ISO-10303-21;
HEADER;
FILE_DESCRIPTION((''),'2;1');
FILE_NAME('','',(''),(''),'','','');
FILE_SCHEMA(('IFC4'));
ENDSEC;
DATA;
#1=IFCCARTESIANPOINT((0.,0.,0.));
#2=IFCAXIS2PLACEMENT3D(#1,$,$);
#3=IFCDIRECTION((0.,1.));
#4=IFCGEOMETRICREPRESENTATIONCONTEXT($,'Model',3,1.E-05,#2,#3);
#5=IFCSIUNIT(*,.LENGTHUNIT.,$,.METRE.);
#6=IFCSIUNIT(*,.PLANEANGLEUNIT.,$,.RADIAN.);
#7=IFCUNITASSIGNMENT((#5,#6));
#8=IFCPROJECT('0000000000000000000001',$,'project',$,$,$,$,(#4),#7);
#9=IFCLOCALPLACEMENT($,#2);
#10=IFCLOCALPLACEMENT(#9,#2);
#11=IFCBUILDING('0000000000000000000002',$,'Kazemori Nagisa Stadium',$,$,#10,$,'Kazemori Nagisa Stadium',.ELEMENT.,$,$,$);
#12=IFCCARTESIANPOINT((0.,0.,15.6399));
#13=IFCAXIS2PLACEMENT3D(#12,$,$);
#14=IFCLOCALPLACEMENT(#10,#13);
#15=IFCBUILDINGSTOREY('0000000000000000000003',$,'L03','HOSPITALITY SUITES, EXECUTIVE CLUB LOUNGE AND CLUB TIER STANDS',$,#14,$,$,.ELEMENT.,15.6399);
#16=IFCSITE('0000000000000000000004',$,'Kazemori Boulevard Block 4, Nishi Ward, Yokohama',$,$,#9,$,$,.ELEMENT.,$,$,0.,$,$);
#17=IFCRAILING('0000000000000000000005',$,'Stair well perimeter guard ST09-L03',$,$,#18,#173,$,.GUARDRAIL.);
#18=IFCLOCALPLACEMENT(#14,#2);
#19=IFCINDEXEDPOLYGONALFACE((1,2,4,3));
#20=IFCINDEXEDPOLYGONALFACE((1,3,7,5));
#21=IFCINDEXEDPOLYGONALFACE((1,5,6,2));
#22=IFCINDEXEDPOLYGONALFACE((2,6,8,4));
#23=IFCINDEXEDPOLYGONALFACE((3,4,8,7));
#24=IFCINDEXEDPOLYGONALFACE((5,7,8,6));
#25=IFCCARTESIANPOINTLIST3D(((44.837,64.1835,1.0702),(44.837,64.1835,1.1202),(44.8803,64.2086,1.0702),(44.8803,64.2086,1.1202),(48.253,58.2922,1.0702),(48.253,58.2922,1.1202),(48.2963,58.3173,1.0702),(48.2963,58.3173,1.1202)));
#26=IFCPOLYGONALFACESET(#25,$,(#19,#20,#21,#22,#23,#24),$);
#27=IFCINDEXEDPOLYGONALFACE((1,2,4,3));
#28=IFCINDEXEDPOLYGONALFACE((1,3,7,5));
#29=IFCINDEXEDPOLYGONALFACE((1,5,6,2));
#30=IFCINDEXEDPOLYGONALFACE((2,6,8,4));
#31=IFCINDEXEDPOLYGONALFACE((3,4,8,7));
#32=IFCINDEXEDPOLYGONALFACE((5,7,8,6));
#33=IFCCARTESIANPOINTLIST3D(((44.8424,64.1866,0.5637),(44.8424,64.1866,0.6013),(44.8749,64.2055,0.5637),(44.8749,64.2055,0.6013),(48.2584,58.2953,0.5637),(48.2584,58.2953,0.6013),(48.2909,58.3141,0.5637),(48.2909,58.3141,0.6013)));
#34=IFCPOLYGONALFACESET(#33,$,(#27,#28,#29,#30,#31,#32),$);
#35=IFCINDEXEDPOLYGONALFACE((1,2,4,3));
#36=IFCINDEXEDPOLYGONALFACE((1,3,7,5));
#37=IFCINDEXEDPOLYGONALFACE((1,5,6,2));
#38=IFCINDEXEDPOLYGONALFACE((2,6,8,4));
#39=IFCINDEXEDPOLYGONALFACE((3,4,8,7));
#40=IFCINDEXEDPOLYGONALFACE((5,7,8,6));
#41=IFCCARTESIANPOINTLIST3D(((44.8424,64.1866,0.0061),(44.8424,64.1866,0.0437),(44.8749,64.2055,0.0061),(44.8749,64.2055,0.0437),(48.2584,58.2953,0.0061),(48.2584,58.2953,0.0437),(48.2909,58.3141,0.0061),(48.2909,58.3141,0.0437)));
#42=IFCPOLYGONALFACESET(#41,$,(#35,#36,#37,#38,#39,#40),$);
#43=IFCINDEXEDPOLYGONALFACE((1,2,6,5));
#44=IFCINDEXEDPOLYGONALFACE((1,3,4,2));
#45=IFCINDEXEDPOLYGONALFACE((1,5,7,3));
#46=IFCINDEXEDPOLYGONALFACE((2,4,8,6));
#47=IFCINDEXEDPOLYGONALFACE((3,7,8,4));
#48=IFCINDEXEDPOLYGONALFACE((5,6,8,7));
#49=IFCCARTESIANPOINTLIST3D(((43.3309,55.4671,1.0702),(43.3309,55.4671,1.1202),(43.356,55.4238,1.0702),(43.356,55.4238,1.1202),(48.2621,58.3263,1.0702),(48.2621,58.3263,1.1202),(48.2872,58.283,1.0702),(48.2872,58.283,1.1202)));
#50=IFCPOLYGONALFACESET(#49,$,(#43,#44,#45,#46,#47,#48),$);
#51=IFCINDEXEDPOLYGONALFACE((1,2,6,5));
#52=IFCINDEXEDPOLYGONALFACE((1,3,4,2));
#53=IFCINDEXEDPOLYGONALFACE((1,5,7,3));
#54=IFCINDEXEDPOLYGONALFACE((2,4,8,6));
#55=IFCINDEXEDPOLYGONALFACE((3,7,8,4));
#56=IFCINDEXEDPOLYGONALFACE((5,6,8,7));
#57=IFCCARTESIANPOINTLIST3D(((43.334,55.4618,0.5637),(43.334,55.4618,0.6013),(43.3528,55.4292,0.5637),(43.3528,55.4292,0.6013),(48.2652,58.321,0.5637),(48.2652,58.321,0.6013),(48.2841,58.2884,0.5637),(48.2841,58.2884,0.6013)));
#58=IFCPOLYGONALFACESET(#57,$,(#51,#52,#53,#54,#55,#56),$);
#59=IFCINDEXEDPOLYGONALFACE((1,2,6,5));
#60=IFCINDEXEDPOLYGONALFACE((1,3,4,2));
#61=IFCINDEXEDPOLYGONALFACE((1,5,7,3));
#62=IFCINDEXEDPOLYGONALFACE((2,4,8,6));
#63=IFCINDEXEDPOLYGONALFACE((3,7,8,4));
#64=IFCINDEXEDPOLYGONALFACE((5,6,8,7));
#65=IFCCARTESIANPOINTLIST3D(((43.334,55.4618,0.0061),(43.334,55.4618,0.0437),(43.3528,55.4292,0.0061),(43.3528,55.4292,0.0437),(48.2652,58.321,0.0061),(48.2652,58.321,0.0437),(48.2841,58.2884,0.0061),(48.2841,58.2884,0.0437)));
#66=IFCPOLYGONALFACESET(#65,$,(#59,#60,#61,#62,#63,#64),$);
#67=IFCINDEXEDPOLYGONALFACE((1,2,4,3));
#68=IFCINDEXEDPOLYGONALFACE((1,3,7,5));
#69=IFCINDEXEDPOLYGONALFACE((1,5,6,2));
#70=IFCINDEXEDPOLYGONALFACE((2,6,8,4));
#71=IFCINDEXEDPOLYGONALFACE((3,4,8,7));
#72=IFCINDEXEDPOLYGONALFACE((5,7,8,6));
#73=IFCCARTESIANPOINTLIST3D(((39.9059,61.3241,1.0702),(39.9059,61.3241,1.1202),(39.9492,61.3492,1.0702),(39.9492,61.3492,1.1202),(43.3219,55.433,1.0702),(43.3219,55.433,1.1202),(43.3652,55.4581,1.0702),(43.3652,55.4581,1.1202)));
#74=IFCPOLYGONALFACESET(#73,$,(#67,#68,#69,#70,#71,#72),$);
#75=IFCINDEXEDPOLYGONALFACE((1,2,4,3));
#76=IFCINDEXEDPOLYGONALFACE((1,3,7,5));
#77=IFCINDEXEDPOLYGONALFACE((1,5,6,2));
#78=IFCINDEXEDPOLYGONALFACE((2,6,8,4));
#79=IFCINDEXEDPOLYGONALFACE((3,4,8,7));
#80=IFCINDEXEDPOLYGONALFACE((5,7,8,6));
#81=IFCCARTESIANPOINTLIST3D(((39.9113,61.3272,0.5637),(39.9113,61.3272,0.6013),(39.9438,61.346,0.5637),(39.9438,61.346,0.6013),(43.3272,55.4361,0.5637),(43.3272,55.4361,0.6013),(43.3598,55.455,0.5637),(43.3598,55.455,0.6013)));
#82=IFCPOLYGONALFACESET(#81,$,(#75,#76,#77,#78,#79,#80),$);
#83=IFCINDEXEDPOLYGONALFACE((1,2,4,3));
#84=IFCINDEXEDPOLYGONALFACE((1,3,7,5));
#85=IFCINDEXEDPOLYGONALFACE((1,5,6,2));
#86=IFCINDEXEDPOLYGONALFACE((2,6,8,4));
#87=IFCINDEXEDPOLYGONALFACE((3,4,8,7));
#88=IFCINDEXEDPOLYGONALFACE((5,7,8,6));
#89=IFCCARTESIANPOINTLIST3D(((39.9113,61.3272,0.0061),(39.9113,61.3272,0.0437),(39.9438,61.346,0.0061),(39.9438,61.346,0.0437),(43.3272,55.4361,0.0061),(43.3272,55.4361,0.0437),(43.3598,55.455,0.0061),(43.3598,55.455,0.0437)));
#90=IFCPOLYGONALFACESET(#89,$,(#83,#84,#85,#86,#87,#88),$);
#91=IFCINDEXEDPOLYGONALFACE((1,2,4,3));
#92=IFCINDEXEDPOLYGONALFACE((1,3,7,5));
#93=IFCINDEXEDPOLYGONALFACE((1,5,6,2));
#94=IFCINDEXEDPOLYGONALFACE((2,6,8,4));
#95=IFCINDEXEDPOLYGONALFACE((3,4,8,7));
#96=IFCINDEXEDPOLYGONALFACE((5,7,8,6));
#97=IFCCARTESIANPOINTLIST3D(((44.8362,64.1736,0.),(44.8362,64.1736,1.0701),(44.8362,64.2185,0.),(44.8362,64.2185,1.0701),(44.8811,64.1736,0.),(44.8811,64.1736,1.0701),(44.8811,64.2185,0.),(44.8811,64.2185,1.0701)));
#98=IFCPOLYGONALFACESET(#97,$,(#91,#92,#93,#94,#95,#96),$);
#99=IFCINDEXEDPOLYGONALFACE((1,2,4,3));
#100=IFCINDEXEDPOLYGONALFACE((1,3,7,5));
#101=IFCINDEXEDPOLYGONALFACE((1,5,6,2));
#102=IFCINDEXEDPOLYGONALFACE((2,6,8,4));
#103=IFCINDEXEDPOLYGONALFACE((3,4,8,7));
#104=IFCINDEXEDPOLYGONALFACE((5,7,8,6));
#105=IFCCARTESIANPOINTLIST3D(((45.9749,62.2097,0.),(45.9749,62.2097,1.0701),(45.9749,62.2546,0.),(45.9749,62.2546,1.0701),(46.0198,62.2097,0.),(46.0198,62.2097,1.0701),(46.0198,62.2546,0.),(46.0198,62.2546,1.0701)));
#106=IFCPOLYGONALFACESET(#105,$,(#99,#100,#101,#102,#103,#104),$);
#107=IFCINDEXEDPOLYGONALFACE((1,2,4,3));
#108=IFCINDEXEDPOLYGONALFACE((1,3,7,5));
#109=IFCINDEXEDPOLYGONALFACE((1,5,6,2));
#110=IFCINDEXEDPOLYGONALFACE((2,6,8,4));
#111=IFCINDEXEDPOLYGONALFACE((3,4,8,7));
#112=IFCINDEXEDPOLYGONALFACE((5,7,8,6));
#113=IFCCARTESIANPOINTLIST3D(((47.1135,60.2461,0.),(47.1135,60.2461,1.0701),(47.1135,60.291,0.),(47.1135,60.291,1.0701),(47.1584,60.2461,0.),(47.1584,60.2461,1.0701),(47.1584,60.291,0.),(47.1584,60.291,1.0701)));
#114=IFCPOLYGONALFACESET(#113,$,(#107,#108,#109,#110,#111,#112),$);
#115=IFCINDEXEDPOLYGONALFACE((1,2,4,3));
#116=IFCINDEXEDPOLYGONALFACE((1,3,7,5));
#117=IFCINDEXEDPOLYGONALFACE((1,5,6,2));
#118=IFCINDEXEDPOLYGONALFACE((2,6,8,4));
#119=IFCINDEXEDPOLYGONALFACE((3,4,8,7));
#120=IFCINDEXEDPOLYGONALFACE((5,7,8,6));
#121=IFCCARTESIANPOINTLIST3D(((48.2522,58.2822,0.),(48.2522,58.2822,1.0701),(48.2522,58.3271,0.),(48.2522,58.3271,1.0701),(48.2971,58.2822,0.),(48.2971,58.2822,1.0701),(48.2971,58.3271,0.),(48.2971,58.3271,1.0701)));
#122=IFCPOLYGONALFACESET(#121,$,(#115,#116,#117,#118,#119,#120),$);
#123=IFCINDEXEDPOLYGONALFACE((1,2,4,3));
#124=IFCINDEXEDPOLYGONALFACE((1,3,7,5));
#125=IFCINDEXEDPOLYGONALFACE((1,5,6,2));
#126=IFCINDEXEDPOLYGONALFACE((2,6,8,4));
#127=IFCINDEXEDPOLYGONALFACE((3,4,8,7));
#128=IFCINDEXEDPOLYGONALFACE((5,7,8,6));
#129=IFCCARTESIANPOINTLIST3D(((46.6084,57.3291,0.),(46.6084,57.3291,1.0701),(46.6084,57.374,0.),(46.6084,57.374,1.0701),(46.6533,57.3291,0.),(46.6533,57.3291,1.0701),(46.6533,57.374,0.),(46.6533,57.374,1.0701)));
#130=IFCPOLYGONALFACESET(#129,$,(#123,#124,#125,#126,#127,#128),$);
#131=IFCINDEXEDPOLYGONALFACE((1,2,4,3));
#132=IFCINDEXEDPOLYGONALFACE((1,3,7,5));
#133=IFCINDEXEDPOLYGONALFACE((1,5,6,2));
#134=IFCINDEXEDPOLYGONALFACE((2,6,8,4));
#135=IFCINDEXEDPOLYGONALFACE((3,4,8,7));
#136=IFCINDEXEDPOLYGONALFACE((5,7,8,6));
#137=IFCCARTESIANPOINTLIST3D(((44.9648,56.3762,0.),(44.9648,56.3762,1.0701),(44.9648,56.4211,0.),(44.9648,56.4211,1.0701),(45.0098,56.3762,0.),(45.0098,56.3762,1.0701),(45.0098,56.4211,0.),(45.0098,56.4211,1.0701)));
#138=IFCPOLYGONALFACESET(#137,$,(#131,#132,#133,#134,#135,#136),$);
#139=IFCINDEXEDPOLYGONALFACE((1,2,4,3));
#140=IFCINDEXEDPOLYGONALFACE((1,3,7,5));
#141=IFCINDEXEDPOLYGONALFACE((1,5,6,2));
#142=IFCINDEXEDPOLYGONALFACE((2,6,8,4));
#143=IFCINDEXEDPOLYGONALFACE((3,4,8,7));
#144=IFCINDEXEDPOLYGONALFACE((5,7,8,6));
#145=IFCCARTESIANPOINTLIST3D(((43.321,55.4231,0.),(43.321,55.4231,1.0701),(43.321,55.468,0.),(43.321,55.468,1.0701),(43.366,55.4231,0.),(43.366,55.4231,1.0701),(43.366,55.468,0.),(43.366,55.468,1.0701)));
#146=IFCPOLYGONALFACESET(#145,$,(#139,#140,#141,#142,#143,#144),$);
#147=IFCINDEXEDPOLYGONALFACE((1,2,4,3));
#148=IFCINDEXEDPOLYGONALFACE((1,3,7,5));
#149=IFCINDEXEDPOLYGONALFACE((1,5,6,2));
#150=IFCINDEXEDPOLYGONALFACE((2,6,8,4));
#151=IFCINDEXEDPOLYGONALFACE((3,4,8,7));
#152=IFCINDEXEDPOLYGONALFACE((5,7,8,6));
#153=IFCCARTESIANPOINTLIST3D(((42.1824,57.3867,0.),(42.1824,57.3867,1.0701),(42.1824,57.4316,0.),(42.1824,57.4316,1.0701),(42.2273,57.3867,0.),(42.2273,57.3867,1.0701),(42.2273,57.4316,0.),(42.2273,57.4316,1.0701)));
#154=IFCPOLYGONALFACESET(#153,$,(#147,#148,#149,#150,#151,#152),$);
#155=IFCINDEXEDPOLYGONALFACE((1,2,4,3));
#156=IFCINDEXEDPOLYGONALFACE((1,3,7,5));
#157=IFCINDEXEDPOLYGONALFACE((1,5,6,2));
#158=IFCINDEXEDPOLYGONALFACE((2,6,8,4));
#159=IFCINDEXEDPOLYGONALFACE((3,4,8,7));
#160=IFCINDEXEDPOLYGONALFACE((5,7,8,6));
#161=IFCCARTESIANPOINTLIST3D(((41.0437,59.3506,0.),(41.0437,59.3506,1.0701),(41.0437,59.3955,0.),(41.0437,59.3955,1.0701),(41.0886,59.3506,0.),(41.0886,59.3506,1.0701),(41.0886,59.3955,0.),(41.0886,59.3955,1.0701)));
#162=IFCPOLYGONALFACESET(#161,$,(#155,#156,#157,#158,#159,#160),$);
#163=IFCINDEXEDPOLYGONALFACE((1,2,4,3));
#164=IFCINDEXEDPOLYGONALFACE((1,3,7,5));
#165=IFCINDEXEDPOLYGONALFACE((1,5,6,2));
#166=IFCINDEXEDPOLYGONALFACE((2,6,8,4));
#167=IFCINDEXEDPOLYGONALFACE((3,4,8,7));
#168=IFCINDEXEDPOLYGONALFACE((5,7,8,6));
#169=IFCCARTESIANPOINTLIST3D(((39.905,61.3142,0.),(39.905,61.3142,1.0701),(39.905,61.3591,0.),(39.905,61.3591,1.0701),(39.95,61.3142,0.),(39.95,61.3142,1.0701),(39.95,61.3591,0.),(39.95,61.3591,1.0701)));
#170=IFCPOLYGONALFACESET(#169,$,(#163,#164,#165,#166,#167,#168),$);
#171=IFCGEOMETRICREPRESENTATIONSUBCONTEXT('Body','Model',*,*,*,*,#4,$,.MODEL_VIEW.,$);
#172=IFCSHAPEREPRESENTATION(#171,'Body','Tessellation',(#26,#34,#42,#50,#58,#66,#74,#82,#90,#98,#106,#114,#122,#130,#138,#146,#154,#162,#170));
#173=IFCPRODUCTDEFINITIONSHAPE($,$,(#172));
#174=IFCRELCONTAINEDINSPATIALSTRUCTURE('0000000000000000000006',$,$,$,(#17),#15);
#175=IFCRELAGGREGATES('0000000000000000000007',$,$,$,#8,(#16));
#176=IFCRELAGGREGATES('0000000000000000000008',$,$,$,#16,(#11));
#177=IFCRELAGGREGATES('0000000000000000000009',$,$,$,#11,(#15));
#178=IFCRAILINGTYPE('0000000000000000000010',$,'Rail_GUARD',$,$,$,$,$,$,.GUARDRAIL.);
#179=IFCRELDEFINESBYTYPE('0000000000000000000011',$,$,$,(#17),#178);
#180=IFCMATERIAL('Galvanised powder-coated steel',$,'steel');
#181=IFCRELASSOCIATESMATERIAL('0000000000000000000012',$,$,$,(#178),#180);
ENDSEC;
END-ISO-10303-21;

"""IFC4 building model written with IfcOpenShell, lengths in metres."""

from ifc_helpers import new_model, si_unit, direction, frame, origin, origin_2d, place, context, subcontext, project, spatial, rectangle, extrude, material, type_object, element, save


model = new_model("IFC4")

# Units and contexts
model_context = context("Model", 3, precision=1e-05, world=origin(), true_north=direction((0.0, 1.0)))
body_context = subcontext(model_context, "Body", "Model", "MODEL_VIEW")
ifc_project = project(units=[si_unit("LENGTHUNIT", "METRE"), si_unit("PLANEANGLEUNIT", "RADIAN")], contexts=[model_context])

# Site, building, storey
site_placement = place(None, origin())
site = spatial("IfcSite", under=ifc_project, at=site_placement, Name="Kazemori Boulevard Block 4, Nishi Ward, Yokohama", CompositionType="ELEMENT", RefElevation=0.0)
building_placement = place(site_placement, origin())
building = spatial("IfcBuilding", under=site, at=building_placement, Name="Kazemori Nagisa Stadium", LongName="Kazemori Nagisa Stadium", CompositionType="ELEMENT")
storey_placement = place(building_placement, frame((0.0, 0.0, 15.6399)))
storey = spatial("IfcBuildingStorey", under=building, at=storey_placement, Name="L03", Description="HOSPITALITY SUITES, EXECUTIVE CLUB LOUNGE AND CLUB TIER STANDS", CompositionType="ELEMENT", Elevation=15.6399)

# Railing
ifc_material_1 = material(Name="Galvanised powder-coated steel", Category="steel")
railing_type_1 = type_object("IfcRailingType", Name="Rail_GUARD", PredefinedType="GUARDRAIL", material=ifc_material_1)
railing_1_placement = place(storey_placement, frame((44.8586, 64.196, 0.0)))
element("IfcRailing", 1, at=railing_1_placement, inside=storey, type_object=railing_type_1, Name="Stair well perimeter guard ST09-L03", PredefinedType="GUARDRAIL", context=body_context, shape_type="SweptSolid", body=[
    extrude(rectangle(XDim=0.05, YDim=0.05, at=origin_2d()), frame((0.0, 0.0, 1.0952), z_axis=(0.501611, -0.865093, 0.0), x_axis=(0.865093, 0.501611, 0.0)), (0.0, 0.0, 1.0), 6.8101),
    extrude(rectangle(XDim=0.0376, YDim=0.0376, at=origin_2d()), frame((0.0, 0.0, 0.5825), z_axis=(0.501611, -0.865093, 0.0), x_axis=(0.865093, 0.501611, 0.0)), (0.0, 0.0, 1.0), 6.8101),
    extrude(rectangle(XDim=0.0376, YDim=0.0376, at=origin_2d()), frame((0.0, 0.0, 0.0249), z_axis=(0.501611, -0.865093, 0.0), x_axis=(0.865093, 0.501611, 0.0)), (0.0, 0.0, 1.0), 6.8101),
    extrude(rectangle(XDim=0.05, YDim=0.05, at=origin_2d()), frame((3.416, -5.8914, 1.0952), z_axis=(-0.865103, -0.501595, 0.0), x_axis=(0.501595, -0.865103, 0.0)), (0.0, 0.0, 1.0), 5.7002),
    extrude(rectangle(XDim=0.0376, YDim=0.0376, at=origin_2d()), frame((3.416, -5.8914, 0.5825), z_axis=(-0.865103, -0.501595, 0.0), x_axis=(0.501595, -0.865103, 0.0)), (0.0, 0.0, 1.0), 5.7002),
    extrude(rectangle(XDim=0.0376, YDim=0.0376, at=origin_2d()), frame((3.416, -5.8914, 0.0249), z_axis=(-0.865103, -0.501595, 0.0), x_axis=(0.501595, -0.865103, 0.0)), (0.0, 0.0, 1.0), 5.7002),
    extrude(rectangle(XDim=0.05, YDim=0.05, at=origin_2d()), frame((-1.5151, -8.7505, 1.0952), z_axis=(-0.501627, 0.865084, 0.0), x_axis=(-0.865084, -0.501627, 0.0)), (0.0, 0.0, 1.0), 6.8098),
    extrude(rectangle(XDim=0.0376, YDim=0.0376, at=origin_2d()), frame((-1.5151, -8.7505, 0.5825), z_axis=(-0.501627, 0.865084, 0.0), x_axis=(-0.865084, -0.501627, 0.0)), (0.0, 0.0, 1.0), 6.8098),
    extrude(rectangle(XDim=0.0376, YDim=0.0376, at=origin_2d()), frame((-1.5151, -8.7505, 0.0249), z_axis=(-0.501627, 0.865084, 0.0), x_axis=(-0.865084, -0.501627, 0.0)), (0.0, 0.0, 1.0), 6.8098),
    extrude(rectangle(XDim=0.0449, YDim=0.0449, at=origin_2d()), origin(), (0.0, 0.0, 1.0), 1.0701),
    extrude(rectangle(XDim=0.0449, YDim=0.0449, at=origin_2d()), frame((1.1387, -1.9639, 0.0)), (0.0, 0.0, 1.0), 1.0701),
    extrude(rectangle(XDim=0.0449, YDim=0.0449, at=origin_2d()), frame((2.2773, -3.9275, 0.0)), (0.0, 0.0, 1.0), 1.0701),
    extrude(rectangle(XDim=0.0449, YDim=0.0449, at=origin_2d()), frame((3.416, -5.8914, 0.0)), (0.0, 0.0, 1.0), 1.0701),
    extrude(rectangle(XDim=0.0449, YDim=0.0449, at=origin_2d()), frame((1.7722, -6.8445, 0.0)), (0.0, 0.0, 1.0), 1.0701),
    extrude(rectangle(XDim=0.0449, YDim=0.0449, at=origin_2d()), frame((0.1287, -7.7974, 0.0)), (0.0, 0.0, 1.0), 1.0701),
    extrude(rectangle(XDim=0.0449, YDim=0.0449, at=origin_2d()), frame((-1.5151, -8.7505, 0.0)), (0.0, 0.0, 1.0), 1.0701),
    extrude(rectangle(XDim=0.0449, YDim=0.0449, at=origin_2d()), frame((-2.6538, -6.7869, 0.0)), (0.0, 0.0, 1.0), 1.0701),
    extrude(rectangle(XDim=0.0449, YDim=0.0449, at=origin_2d()), frame((-3.7925, -4.823, 0.0)), (0.0, 0.0, 1.0), 1.0701),
    extrude(rectangle(XDim=0.0449, YDim=0.0449, at=origin_2d()), frame((-4.9312, -2.8594, 0.0)), (0.0, 0.0, 1.0), 1.0701),
])

save(model, "model.ifc")
